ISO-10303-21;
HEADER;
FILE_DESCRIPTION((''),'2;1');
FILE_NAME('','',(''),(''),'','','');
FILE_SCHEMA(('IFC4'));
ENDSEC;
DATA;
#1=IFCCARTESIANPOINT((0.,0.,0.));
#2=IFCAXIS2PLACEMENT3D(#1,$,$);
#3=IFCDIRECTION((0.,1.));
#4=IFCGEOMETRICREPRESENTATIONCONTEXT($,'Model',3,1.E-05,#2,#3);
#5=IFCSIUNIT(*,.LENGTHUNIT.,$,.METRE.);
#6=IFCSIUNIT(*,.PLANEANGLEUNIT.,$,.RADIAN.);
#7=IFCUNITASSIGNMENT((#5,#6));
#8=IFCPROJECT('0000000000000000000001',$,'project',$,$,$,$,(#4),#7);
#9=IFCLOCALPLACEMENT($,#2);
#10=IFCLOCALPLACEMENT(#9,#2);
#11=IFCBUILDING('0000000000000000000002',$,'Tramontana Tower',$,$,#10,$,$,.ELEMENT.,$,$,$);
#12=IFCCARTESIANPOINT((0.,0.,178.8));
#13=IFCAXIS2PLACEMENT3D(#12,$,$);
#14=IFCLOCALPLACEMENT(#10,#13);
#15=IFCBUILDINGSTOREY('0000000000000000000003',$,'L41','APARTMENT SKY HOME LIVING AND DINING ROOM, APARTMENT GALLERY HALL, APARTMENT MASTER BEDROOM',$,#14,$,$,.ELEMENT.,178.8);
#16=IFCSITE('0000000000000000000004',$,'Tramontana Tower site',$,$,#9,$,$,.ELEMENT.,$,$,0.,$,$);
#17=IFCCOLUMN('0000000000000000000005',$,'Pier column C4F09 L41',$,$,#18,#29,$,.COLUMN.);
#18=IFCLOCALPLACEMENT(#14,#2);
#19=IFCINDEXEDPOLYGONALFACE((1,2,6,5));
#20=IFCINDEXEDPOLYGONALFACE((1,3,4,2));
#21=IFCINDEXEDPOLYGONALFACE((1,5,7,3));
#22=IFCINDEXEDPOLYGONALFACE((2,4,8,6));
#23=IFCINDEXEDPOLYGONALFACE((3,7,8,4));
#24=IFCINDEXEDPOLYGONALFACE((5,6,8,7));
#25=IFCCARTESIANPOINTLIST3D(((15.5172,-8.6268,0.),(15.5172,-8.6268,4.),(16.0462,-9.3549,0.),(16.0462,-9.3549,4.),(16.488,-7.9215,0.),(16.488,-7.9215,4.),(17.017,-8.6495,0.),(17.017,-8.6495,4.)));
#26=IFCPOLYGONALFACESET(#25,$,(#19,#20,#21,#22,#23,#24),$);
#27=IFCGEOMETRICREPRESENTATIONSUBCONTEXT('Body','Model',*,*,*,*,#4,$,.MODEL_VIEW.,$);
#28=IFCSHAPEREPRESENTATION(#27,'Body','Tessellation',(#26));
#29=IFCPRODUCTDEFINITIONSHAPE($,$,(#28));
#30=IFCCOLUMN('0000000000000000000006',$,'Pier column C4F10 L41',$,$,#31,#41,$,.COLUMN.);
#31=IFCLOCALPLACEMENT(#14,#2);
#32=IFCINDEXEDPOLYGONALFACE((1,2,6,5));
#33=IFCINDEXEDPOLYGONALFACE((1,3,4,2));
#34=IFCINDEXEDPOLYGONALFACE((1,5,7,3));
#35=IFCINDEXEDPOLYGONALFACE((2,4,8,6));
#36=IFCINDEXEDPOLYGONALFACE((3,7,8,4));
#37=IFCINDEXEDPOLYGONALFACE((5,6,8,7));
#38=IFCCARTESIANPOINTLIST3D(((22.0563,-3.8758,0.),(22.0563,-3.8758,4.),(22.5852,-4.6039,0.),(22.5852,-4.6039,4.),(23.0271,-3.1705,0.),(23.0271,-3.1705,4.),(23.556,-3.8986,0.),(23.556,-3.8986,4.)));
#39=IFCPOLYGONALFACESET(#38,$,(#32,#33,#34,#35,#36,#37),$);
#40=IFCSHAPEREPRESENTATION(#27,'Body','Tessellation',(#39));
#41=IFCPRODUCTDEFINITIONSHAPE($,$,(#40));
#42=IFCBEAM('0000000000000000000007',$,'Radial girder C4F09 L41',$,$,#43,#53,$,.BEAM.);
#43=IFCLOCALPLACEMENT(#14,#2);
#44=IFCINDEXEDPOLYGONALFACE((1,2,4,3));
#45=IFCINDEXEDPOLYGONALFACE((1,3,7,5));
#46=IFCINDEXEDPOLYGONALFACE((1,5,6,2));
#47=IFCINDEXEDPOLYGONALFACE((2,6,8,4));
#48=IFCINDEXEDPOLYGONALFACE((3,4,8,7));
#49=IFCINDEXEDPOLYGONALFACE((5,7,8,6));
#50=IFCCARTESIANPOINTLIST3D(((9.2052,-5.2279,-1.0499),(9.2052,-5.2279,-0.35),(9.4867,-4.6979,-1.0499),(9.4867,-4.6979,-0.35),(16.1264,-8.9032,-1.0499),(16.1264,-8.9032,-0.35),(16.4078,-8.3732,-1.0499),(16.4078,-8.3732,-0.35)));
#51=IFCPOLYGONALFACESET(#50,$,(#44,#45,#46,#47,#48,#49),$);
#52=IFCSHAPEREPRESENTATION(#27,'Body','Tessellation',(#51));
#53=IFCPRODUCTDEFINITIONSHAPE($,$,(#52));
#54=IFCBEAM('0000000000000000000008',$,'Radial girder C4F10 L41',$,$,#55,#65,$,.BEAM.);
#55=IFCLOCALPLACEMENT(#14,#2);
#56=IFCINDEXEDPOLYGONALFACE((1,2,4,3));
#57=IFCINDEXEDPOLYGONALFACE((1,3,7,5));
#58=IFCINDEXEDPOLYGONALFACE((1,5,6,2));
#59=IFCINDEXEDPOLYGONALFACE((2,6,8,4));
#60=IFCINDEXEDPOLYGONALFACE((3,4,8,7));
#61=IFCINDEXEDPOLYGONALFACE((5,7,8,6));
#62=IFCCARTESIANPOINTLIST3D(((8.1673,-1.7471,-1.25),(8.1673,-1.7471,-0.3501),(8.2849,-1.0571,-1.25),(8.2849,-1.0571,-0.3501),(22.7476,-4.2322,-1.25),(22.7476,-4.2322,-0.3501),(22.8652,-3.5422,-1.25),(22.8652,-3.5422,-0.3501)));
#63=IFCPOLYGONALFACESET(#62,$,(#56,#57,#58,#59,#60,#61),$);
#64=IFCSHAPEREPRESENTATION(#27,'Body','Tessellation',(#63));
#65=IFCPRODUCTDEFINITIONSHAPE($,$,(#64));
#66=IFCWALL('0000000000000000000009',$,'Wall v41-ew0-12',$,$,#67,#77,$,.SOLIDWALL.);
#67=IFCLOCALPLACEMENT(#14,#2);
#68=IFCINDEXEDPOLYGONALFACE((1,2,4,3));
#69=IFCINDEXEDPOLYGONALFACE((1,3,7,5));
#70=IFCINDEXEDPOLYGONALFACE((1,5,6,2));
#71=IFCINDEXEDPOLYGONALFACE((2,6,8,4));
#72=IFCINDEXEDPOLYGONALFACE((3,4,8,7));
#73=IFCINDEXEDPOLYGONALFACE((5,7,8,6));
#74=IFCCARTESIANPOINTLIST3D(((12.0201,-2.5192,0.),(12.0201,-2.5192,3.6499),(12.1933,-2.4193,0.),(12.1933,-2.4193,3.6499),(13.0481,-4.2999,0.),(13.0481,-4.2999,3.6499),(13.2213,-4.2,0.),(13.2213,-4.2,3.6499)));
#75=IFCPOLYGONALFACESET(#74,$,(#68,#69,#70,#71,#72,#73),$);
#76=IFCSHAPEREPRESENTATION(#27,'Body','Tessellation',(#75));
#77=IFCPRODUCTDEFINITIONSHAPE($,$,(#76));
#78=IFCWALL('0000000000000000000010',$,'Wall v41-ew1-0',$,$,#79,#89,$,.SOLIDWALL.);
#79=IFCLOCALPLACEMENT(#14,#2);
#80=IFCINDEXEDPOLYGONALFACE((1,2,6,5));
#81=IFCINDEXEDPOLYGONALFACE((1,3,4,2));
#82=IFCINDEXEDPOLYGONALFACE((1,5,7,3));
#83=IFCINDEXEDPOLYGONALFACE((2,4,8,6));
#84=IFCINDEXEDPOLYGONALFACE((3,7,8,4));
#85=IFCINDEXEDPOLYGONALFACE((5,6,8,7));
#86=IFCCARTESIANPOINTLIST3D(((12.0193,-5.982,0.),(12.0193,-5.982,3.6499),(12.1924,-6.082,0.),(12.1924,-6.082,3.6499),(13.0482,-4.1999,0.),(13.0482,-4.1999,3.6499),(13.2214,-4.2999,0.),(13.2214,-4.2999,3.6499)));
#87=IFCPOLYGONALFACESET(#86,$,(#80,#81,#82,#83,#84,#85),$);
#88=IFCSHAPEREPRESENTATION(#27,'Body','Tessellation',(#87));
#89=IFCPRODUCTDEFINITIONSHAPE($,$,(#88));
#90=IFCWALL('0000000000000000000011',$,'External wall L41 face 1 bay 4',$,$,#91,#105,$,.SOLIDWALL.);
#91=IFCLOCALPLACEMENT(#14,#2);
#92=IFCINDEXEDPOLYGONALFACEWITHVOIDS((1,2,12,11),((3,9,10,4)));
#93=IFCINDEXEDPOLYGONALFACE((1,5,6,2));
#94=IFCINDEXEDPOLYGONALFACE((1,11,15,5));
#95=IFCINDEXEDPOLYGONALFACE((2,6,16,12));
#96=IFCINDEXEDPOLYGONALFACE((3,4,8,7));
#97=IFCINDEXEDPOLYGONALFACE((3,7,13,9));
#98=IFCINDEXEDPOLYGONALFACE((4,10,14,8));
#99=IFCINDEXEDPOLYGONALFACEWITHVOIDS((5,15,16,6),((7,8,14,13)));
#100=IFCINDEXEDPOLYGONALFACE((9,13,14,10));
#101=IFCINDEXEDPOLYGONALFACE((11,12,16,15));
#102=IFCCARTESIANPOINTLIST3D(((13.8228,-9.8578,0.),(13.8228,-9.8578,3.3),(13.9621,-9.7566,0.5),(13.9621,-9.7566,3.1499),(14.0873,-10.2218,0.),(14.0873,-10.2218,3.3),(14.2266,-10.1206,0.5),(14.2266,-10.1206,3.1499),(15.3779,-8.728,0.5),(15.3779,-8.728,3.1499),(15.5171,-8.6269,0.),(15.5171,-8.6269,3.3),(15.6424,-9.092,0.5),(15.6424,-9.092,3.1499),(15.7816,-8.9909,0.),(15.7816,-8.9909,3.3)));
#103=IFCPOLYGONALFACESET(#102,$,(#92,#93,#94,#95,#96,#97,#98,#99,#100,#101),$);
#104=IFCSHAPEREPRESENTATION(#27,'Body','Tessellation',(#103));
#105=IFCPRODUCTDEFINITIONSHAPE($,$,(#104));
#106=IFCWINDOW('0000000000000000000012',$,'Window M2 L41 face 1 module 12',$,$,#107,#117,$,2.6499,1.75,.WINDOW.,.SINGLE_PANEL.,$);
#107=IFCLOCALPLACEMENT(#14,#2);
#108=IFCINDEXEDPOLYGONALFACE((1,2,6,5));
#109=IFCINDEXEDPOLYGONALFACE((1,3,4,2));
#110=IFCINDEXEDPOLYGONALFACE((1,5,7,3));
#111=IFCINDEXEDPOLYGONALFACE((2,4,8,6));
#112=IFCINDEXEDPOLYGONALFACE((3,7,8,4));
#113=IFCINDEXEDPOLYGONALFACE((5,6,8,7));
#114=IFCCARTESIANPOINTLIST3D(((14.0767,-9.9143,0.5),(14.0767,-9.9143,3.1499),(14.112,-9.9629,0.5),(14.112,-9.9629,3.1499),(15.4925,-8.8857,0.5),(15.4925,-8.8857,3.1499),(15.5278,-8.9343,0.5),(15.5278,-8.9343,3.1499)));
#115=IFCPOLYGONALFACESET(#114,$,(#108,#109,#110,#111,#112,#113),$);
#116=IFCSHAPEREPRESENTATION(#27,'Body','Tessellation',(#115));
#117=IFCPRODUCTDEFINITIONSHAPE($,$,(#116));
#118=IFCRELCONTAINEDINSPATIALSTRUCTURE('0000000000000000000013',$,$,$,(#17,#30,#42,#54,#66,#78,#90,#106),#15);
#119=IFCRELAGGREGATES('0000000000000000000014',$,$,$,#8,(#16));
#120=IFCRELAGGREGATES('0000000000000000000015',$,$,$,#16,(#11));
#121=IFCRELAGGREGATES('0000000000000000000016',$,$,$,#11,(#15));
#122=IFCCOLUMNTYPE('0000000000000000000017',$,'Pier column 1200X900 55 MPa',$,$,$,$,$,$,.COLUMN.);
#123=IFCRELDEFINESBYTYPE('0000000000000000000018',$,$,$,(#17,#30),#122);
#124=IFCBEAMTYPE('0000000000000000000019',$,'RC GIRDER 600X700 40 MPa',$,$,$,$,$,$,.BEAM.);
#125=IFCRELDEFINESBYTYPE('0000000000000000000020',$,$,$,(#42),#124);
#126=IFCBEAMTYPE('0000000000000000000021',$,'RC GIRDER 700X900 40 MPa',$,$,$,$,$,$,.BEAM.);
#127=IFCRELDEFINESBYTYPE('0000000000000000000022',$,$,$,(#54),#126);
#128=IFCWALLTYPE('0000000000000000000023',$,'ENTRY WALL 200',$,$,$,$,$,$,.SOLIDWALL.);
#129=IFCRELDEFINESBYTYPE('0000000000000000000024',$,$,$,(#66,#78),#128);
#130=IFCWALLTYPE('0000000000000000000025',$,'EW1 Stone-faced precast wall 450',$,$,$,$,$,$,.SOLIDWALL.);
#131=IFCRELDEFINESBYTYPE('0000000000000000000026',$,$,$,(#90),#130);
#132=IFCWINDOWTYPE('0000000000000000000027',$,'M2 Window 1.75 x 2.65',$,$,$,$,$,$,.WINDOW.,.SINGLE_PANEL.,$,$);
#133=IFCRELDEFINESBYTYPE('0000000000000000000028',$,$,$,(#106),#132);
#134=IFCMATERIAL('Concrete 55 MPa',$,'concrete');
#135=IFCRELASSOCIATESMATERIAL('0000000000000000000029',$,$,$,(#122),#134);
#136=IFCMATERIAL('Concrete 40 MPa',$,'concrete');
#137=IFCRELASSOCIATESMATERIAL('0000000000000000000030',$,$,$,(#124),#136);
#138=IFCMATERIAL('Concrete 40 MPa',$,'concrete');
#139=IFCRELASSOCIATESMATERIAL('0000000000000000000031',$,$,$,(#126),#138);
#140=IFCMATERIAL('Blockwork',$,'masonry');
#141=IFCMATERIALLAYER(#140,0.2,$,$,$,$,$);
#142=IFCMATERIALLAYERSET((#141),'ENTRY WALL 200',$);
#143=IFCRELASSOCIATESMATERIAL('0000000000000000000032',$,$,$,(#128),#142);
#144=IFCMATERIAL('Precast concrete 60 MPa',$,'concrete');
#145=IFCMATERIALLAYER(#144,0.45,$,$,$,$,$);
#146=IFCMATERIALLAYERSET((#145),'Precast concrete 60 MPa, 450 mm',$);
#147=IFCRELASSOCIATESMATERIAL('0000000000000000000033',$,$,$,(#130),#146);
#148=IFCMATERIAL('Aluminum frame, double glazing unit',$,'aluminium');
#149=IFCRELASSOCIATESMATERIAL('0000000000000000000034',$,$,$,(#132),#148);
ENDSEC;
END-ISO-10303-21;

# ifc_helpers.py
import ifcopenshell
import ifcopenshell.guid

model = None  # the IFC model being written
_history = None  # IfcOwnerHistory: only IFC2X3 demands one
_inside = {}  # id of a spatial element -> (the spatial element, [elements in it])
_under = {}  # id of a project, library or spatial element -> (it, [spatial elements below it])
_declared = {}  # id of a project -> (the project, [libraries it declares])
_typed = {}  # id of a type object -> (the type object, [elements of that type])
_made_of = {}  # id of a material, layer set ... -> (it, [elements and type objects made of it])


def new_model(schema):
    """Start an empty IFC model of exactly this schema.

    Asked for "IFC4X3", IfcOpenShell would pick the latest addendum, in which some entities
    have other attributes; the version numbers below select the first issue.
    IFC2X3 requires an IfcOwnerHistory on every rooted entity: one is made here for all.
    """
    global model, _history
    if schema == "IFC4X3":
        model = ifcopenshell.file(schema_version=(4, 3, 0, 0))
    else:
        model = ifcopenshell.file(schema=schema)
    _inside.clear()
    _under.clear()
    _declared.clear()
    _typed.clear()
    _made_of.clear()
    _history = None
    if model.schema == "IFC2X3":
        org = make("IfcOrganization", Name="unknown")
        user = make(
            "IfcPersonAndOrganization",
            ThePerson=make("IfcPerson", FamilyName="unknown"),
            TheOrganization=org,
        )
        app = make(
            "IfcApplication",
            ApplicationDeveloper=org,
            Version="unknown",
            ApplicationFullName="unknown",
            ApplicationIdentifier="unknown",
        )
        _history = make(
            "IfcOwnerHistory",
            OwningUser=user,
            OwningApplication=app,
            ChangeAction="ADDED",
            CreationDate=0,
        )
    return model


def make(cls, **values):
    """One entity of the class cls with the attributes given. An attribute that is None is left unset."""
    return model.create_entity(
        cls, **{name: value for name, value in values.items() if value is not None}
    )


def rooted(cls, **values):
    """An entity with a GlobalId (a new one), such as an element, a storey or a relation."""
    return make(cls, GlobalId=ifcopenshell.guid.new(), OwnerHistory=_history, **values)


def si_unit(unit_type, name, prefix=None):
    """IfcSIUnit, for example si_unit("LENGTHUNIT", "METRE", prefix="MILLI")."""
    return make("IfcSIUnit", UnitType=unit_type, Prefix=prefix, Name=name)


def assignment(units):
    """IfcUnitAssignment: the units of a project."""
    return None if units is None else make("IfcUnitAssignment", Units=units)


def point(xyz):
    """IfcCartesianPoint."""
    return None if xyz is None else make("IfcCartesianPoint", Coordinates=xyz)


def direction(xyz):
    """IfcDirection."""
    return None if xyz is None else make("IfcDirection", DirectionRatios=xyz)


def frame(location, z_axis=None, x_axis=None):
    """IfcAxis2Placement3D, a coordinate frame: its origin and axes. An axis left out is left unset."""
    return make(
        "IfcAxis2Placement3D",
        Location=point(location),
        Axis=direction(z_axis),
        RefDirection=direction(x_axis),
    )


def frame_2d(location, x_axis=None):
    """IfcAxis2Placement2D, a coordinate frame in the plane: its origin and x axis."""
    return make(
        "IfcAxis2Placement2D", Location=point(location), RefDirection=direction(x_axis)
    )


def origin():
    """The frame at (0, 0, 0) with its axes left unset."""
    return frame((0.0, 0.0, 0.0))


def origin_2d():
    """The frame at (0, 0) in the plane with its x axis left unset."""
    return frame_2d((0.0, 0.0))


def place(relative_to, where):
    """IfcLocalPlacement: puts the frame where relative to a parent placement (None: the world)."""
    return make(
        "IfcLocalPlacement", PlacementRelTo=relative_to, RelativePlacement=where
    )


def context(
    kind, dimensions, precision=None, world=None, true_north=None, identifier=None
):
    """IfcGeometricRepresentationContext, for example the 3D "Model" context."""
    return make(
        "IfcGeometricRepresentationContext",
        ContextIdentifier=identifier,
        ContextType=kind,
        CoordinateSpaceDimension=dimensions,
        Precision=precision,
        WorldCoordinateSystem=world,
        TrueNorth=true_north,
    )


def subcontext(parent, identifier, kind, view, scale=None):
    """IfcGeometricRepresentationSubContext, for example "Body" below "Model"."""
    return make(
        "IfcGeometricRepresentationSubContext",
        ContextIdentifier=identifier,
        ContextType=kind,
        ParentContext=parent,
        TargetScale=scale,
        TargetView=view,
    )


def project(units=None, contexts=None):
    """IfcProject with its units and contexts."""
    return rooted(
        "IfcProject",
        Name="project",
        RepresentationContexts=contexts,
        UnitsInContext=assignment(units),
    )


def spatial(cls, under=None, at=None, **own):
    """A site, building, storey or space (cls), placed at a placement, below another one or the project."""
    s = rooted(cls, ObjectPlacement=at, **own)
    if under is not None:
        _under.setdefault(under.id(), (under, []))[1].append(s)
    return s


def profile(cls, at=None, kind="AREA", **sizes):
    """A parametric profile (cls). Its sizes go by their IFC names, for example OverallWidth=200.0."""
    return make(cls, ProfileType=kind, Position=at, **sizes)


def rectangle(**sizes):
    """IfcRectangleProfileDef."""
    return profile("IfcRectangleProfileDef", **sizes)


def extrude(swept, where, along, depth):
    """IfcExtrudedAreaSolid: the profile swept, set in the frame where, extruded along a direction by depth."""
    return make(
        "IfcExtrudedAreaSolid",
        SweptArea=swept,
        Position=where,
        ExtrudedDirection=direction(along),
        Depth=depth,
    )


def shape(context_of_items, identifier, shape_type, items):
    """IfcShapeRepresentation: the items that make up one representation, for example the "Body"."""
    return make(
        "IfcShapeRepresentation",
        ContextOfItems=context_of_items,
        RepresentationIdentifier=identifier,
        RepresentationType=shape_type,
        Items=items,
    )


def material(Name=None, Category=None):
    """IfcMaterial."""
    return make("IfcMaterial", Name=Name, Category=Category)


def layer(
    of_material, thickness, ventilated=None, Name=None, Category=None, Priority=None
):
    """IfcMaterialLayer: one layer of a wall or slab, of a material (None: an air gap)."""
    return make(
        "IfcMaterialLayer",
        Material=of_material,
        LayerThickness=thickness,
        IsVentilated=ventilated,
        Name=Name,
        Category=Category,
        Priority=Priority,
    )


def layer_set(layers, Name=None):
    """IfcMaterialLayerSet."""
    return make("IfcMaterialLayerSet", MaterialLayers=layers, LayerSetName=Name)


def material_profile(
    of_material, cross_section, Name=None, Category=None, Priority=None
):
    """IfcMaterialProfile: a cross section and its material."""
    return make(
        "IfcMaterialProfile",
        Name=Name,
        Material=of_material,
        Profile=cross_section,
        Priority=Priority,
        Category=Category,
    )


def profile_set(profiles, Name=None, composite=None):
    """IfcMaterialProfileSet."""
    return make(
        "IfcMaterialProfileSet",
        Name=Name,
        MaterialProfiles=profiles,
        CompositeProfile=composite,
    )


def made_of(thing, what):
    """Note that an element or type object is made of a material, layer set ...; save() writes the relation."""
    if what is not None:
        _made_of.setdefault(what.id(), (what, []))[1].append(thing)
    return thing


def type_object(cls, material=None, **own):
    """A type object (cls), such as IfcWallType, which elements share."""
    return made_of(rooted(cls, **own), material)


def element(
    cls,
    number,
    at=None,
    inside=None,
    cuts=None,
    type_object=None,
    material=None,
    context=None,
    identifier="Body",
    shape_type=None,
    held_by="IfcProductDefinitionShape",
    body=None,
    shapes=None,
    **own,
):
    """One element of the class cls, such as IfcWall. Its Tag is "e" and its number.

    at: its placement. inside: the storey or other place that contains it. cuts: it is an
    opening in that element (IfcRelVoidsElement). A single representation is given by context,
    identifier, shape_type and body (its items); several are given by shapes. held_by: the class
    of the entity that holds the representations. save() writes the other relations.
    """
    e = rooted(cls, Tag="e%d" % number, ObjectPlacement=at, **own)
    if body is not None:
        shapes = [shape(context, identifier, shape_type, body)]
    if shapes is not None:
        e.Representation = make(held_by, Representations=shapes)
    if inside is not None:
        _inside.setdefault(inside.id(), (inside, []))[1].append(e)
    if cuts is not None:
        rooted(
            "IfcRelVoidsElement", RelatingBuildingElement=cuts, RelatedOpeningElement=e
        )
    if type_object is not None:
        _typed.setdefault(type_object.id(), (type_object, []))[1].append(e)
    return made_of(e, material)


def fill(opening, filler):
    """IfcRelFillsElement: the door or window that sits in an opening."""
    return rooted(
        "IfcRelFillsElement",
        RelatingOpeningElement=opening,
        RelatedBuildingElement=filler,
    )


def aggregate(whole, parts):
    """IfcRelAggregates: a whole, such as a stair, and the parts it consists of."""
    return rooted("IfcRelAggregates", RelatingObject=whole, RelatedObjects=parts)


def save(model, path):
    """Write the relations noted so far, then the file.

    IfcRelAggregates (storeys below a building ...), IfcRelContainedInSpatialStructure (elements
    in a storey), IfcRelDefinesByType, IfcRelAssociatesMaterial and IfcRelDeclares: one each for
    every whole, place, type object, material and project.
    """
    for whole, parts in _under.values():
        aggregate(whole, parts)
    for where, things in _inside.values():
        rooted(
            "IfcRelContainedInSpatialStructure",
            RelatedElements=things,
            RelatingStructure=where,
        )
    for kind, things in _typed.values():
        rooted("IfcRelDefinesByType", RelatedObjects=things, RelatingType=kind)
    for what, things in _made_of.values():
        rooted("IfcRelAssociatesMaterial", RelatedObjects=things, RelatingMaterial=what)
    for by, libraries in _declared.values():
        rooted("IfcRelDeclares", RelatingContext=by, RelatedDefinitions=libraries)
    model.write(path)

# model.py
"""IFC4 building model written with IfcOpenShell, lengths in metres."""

from ifc_helpers import new_model, si_unit, direction, frame, frame_2d, origin, origin_2d, place, context, subcontext, project, spatial, rectangle, extrude, material, layer, layer_set, material_profile, profile_set, type_object, element, fill, save


model = new_model("IFC4")

# Units and contexts
model_context = context("Model", 3, precision=1e-05, world=origin(), true_north=direction((0.0, 1.0)))
body_context = subcontext(model_context, "Body", "Model", "MODEL_VIEW")
ifc_project = project(units=[si_unit("LENGTHUNIT", "METRE"), si_unit("PLANEANGLEUNIT", "RADIAN")], contexts=[model_context])

# Site, building, storey
site_placement = place(None, origin())
site = spatial("IfcSite", under=ifc_project, at=site_placement, Name="Tramontana Tower site", CompositionType="ELEMENT", RefElevation=0.0)
building_placement = place(site_placement, origin())
building = spatial("IfcBuilding", under=site, at=building_placement, Name="Tramontana Tower", CompositionType="ELEMENT")
storey_placement = place(building_placement, frame((0.0, 0.0, 178.8)))
storey = spatial("IfcBuildingStorey", under=building, at=storey_placement, Name="L41", Description="APARTMENT SKY HOME LIVING AND DINING ROOM, APARTMENT GALLERY HALL, APARTMENT MASTER BEDROOM", CompositionType="ELEMENT", Elevation=178.8)

# Columns
ifc_material_1 = material(Name="Concrete 55 MPa", Category="concrete")
ifc_material_profile_1 = material_profile(ifc_material_1, rectangle(XDim=1.2, YDim=0.8999, at=origin_2d()), Name="Pier column 1200X900 55 MPa")
ifc_profile_set_1 = profile_set([ifc_material_profile_1], Name="Concrete 55 MPa")
column_type = type_object("IfcColumnType", Name="Pier column 1200X900 55 MPa", PredefinedType="COLUMN", material=ifc_profile_set_1)
for number, where, z_axis, x_axis, name in (
    (1, (16.2671, -8.6382, 0.0), (0.0, 0.0, 1.0), (0.809017, 0.587785, 0.0), "Pier column C4F09 L41"),
    (2, (22.8062, -3.8872, 0.0), (0.0, 0.0, 1.0), (0.809017, 0.587785, 0.0), "Pier column C4F10 L41"),
):
    element("IfcColumn", number, at=place(storey_placement, frame(where, z_axis=z_axis, x_axis=x_axis)), inside=storey, type_object=column_type, Name=name, PredefinedType="COLUMN", context=body_context, shape_type="SweptSolid", body=[
        extrude(rectangle(XDim=1.2, YDim=0.8999, at=origin_2d()), origin(), (0.0, 0.0, 1.0), 4.0),
    ])

# Beams
ifc_material_2 = material(Name="Concrete 40 MPa", Category="concrete")
ifc_material_profile_2 = material_profile(ifc_material_2, rectangle(XDim=0.6001, YDim=0.7, at=origin_2d()), Name="RC GIRDER 600X700 40 MPa")
ifc_profile_set_2 = profile_set([ifc_material_profile_2], Name="Concrete 40 MPa")
beam_type_1 = type_object("IfcBeamType", Name="RC GIRDER 600X700 40 MPa", PredefinedType="BEAM", material=ifc_profile_set_2)
beam_1_placement = place(storey_placement, frame((16.2671, -8.6382, -0.7), z_axis=(-0.883198, 0.469, 0.0), x_axis=(-0.469, -0.883198, 0.0)))
element("IfcBeam", 3, at=beam_1_placement, inside=storey, type_object=beam_type_1, Name="Radial girder C4F09 L41", PredefinedType="BEAM", context=body_context, shape_type="SweptSolid", body=[
    extrude(rectangle(XDim=0.6001, YDim=0.7, at=origin_2d()), origin(), (0.0, 0.0, 1.0), 7.8364),
])
ifc_material_3 = material(Name="Concrete 40 MPa", Category="concrete")
ifc_material_profile_3 = material_profile(ifc_material_3, rectangle(XDim=0.7, YDim=0.8999, at=origin_2d()), Name="RC GIRDER 700X900 40 MPa")
ifc_profile_set_3 = profile_set([ifc_material_profile_3], Name="Concrete 40 MPa")
beam_type_2 = type_object("IfcBeamType", Name="RC GIRDER 700X900 40 MPa", PredefinedType="BEAM", material=ifc_profile_set_3)
beam_2_placement = place(storey_placement, frame((22.8064, -3.8872, -0.8), z_axis=(-0.985784, 0.168019, 0.0), x_axis=(-0.168019, -0.985784, 0.0)))
element("IfcBeam", 4, at=beam_2_placement, inside=storey, type_object=beam_type_2, Name="Radial girder C4F10 L41", PredefinedType="BEAM", context=body_context, shape_type="SweptSolid", body=[
    extrude(rectangle(XDim=0.7, YDim=0.8999, at=origin_2d()), origin(), (0.0, 0.0, 1.0), 14.7905),
])

# Walls
ifc_material_4 = material(Name="Blockwork", Category="masonry")
ifc_layer_1 = layer(ifc_material_4, 0.2)
ifc_layer_set_1 = layer_set([ifc_layer_1], Name="ENTRY WALL 200")
wall_type_1 = type_object("IfcWallType", Name="ENTRY WALL 200", PredefinedType="SOLIDWALL", material=ifc_layer_set_1)
wall_1_placement = place(storey_placement, frame((12.1067, -2.4692, 0.0), z_axis=(0.0, 0.0, 1.0), x_axis=(0.499983, -0.866035, 0.0)))
element("IfcWall", 5, at=wall_1_placement, inside=storey, type_object=wall_type_1, Name="Wall v41-ew0-12", PredefinedType="SOLIDWALL", context=body_context, shape_type="SweptSolid", body=[
    extrude(rectangle(XDim=2.0562, YDim=0.2, at=frame_2d((1.0281, 0.0))), origin(), (0.0, 0.0, 1.0), 3.6499),
])
wall_2_placement = place(storey_placement, frame((13.1348, -4.25, 0.0), z_axis=(0.0, 0.0, 1.0), x_axis=(-0.500031, -0.866008, 0.0)))
element("IfcWall", 6, at=wall_2_placement, inside=storey, type_object=wall_type_1, Name="Wall v41-ew1-0", PredefinedType="SOLIDWALL", context=body_context, shape_type="SweptSolid", body=[
    extrude(rectangle(XDim=2.0579, YDim=0.2, at=frame_2d((1.0288, 0.0))), origin(), (0.0, 0.0, 1.0), 3.6499),
])

# Wall, opening, window
ifc_material_5 = material(Name="Precast concrete 60 MPa", Category="concrete")
ifc_layer_2 = layer(ifc_material_5, 0.45)
ifc_layer_set_2 = layer_set([ifc_layer_2], Name="Precast concrete 60 MPa, 450 mm")
wall_type_2 = type_object("IfcWallType", Name="EW1 Stone-faced precast wall 450", PredefinedType="SOLIDWALL", material=ifc_layer_set_2)
wall_3_placement = place(storey_placement, frame((13.9551, -10.0398, 0.0), z_axis=(0.0, 0.0, 1.0), x_axis=(0.809028, 0.58777, 0.0)))
wall_3 = element("IfcWall", 7, at=wall_3_placement, inside=storey, type_object=wall_type_2, Name="External wall L41 face 1 bay 4", PredefinedType="SOLIDWALL", context=body_context, shape_type="SweptSolid", body=[
    extrude(rectangle(XDim=2.0942, YDim=0.45, at=frame_2d((1.0471, 0.0))), origin(), (0.0, 0.0, 1.0), 3.3),
])
opening_1_placement = place(wall_3_placement, frame((0.1721, 0.0, 0.5)))
opening_1 = element("IfcOpeningElement", 8, at=opening_1_placement, cuts=wall_3, PredefinedType="OPENING", context=body_context, shape_type="SweptSolid", body=[
    extrude(rectangle(XDim=1.75, YDim=2.6499, at=frame_2d((0.875, 1.325))), frame((0.0, 0.2349, 0.0), z_axis=(0.0, -1.0, 0.0), x_axis=(1.0, 0.0, 0.0)), (0.0, 0.0, 1.0), 0.47),
])
ifc_material_6 = material(Name="Aluminum frame, double glazing unit", Category="aluminium")
window_type_1 = type_object("IfcWindowType", Name="M2 Window 1.75 x 2.65", PartitioningType="SINGLE_PANEL", PredefinedType="WINDOW", material=ifc_material_6)
window_1_placement = place(opening_1_placement, origin())
window_1 = element("IfcWindow", 9, at=window_1_placement, inside=storey, type_object=window_type_1, Name="Window M2 L41 face 1 module 12", OverallHeight=2.6499, OverallWidth=1.75, PartitioningType="SINGLE_PANEL", PredefinedType="WINDOW", context=body_context, shape_type="SweptSolid", body=[
    extrude(rectangle(XDim=1.75, YDim=2.6499, at=frame_2d((0.875, 1.325))), frame((0.0, 0.03, 0.0), z_axis=(0.0, -1.0, 0.0), x_axis=(1.0, 0.0, 0.0)), (0.0, 0.0, 1.0), 0.0601),
])
fill(opening_1, window_1)

save(model, "model.ifc")
